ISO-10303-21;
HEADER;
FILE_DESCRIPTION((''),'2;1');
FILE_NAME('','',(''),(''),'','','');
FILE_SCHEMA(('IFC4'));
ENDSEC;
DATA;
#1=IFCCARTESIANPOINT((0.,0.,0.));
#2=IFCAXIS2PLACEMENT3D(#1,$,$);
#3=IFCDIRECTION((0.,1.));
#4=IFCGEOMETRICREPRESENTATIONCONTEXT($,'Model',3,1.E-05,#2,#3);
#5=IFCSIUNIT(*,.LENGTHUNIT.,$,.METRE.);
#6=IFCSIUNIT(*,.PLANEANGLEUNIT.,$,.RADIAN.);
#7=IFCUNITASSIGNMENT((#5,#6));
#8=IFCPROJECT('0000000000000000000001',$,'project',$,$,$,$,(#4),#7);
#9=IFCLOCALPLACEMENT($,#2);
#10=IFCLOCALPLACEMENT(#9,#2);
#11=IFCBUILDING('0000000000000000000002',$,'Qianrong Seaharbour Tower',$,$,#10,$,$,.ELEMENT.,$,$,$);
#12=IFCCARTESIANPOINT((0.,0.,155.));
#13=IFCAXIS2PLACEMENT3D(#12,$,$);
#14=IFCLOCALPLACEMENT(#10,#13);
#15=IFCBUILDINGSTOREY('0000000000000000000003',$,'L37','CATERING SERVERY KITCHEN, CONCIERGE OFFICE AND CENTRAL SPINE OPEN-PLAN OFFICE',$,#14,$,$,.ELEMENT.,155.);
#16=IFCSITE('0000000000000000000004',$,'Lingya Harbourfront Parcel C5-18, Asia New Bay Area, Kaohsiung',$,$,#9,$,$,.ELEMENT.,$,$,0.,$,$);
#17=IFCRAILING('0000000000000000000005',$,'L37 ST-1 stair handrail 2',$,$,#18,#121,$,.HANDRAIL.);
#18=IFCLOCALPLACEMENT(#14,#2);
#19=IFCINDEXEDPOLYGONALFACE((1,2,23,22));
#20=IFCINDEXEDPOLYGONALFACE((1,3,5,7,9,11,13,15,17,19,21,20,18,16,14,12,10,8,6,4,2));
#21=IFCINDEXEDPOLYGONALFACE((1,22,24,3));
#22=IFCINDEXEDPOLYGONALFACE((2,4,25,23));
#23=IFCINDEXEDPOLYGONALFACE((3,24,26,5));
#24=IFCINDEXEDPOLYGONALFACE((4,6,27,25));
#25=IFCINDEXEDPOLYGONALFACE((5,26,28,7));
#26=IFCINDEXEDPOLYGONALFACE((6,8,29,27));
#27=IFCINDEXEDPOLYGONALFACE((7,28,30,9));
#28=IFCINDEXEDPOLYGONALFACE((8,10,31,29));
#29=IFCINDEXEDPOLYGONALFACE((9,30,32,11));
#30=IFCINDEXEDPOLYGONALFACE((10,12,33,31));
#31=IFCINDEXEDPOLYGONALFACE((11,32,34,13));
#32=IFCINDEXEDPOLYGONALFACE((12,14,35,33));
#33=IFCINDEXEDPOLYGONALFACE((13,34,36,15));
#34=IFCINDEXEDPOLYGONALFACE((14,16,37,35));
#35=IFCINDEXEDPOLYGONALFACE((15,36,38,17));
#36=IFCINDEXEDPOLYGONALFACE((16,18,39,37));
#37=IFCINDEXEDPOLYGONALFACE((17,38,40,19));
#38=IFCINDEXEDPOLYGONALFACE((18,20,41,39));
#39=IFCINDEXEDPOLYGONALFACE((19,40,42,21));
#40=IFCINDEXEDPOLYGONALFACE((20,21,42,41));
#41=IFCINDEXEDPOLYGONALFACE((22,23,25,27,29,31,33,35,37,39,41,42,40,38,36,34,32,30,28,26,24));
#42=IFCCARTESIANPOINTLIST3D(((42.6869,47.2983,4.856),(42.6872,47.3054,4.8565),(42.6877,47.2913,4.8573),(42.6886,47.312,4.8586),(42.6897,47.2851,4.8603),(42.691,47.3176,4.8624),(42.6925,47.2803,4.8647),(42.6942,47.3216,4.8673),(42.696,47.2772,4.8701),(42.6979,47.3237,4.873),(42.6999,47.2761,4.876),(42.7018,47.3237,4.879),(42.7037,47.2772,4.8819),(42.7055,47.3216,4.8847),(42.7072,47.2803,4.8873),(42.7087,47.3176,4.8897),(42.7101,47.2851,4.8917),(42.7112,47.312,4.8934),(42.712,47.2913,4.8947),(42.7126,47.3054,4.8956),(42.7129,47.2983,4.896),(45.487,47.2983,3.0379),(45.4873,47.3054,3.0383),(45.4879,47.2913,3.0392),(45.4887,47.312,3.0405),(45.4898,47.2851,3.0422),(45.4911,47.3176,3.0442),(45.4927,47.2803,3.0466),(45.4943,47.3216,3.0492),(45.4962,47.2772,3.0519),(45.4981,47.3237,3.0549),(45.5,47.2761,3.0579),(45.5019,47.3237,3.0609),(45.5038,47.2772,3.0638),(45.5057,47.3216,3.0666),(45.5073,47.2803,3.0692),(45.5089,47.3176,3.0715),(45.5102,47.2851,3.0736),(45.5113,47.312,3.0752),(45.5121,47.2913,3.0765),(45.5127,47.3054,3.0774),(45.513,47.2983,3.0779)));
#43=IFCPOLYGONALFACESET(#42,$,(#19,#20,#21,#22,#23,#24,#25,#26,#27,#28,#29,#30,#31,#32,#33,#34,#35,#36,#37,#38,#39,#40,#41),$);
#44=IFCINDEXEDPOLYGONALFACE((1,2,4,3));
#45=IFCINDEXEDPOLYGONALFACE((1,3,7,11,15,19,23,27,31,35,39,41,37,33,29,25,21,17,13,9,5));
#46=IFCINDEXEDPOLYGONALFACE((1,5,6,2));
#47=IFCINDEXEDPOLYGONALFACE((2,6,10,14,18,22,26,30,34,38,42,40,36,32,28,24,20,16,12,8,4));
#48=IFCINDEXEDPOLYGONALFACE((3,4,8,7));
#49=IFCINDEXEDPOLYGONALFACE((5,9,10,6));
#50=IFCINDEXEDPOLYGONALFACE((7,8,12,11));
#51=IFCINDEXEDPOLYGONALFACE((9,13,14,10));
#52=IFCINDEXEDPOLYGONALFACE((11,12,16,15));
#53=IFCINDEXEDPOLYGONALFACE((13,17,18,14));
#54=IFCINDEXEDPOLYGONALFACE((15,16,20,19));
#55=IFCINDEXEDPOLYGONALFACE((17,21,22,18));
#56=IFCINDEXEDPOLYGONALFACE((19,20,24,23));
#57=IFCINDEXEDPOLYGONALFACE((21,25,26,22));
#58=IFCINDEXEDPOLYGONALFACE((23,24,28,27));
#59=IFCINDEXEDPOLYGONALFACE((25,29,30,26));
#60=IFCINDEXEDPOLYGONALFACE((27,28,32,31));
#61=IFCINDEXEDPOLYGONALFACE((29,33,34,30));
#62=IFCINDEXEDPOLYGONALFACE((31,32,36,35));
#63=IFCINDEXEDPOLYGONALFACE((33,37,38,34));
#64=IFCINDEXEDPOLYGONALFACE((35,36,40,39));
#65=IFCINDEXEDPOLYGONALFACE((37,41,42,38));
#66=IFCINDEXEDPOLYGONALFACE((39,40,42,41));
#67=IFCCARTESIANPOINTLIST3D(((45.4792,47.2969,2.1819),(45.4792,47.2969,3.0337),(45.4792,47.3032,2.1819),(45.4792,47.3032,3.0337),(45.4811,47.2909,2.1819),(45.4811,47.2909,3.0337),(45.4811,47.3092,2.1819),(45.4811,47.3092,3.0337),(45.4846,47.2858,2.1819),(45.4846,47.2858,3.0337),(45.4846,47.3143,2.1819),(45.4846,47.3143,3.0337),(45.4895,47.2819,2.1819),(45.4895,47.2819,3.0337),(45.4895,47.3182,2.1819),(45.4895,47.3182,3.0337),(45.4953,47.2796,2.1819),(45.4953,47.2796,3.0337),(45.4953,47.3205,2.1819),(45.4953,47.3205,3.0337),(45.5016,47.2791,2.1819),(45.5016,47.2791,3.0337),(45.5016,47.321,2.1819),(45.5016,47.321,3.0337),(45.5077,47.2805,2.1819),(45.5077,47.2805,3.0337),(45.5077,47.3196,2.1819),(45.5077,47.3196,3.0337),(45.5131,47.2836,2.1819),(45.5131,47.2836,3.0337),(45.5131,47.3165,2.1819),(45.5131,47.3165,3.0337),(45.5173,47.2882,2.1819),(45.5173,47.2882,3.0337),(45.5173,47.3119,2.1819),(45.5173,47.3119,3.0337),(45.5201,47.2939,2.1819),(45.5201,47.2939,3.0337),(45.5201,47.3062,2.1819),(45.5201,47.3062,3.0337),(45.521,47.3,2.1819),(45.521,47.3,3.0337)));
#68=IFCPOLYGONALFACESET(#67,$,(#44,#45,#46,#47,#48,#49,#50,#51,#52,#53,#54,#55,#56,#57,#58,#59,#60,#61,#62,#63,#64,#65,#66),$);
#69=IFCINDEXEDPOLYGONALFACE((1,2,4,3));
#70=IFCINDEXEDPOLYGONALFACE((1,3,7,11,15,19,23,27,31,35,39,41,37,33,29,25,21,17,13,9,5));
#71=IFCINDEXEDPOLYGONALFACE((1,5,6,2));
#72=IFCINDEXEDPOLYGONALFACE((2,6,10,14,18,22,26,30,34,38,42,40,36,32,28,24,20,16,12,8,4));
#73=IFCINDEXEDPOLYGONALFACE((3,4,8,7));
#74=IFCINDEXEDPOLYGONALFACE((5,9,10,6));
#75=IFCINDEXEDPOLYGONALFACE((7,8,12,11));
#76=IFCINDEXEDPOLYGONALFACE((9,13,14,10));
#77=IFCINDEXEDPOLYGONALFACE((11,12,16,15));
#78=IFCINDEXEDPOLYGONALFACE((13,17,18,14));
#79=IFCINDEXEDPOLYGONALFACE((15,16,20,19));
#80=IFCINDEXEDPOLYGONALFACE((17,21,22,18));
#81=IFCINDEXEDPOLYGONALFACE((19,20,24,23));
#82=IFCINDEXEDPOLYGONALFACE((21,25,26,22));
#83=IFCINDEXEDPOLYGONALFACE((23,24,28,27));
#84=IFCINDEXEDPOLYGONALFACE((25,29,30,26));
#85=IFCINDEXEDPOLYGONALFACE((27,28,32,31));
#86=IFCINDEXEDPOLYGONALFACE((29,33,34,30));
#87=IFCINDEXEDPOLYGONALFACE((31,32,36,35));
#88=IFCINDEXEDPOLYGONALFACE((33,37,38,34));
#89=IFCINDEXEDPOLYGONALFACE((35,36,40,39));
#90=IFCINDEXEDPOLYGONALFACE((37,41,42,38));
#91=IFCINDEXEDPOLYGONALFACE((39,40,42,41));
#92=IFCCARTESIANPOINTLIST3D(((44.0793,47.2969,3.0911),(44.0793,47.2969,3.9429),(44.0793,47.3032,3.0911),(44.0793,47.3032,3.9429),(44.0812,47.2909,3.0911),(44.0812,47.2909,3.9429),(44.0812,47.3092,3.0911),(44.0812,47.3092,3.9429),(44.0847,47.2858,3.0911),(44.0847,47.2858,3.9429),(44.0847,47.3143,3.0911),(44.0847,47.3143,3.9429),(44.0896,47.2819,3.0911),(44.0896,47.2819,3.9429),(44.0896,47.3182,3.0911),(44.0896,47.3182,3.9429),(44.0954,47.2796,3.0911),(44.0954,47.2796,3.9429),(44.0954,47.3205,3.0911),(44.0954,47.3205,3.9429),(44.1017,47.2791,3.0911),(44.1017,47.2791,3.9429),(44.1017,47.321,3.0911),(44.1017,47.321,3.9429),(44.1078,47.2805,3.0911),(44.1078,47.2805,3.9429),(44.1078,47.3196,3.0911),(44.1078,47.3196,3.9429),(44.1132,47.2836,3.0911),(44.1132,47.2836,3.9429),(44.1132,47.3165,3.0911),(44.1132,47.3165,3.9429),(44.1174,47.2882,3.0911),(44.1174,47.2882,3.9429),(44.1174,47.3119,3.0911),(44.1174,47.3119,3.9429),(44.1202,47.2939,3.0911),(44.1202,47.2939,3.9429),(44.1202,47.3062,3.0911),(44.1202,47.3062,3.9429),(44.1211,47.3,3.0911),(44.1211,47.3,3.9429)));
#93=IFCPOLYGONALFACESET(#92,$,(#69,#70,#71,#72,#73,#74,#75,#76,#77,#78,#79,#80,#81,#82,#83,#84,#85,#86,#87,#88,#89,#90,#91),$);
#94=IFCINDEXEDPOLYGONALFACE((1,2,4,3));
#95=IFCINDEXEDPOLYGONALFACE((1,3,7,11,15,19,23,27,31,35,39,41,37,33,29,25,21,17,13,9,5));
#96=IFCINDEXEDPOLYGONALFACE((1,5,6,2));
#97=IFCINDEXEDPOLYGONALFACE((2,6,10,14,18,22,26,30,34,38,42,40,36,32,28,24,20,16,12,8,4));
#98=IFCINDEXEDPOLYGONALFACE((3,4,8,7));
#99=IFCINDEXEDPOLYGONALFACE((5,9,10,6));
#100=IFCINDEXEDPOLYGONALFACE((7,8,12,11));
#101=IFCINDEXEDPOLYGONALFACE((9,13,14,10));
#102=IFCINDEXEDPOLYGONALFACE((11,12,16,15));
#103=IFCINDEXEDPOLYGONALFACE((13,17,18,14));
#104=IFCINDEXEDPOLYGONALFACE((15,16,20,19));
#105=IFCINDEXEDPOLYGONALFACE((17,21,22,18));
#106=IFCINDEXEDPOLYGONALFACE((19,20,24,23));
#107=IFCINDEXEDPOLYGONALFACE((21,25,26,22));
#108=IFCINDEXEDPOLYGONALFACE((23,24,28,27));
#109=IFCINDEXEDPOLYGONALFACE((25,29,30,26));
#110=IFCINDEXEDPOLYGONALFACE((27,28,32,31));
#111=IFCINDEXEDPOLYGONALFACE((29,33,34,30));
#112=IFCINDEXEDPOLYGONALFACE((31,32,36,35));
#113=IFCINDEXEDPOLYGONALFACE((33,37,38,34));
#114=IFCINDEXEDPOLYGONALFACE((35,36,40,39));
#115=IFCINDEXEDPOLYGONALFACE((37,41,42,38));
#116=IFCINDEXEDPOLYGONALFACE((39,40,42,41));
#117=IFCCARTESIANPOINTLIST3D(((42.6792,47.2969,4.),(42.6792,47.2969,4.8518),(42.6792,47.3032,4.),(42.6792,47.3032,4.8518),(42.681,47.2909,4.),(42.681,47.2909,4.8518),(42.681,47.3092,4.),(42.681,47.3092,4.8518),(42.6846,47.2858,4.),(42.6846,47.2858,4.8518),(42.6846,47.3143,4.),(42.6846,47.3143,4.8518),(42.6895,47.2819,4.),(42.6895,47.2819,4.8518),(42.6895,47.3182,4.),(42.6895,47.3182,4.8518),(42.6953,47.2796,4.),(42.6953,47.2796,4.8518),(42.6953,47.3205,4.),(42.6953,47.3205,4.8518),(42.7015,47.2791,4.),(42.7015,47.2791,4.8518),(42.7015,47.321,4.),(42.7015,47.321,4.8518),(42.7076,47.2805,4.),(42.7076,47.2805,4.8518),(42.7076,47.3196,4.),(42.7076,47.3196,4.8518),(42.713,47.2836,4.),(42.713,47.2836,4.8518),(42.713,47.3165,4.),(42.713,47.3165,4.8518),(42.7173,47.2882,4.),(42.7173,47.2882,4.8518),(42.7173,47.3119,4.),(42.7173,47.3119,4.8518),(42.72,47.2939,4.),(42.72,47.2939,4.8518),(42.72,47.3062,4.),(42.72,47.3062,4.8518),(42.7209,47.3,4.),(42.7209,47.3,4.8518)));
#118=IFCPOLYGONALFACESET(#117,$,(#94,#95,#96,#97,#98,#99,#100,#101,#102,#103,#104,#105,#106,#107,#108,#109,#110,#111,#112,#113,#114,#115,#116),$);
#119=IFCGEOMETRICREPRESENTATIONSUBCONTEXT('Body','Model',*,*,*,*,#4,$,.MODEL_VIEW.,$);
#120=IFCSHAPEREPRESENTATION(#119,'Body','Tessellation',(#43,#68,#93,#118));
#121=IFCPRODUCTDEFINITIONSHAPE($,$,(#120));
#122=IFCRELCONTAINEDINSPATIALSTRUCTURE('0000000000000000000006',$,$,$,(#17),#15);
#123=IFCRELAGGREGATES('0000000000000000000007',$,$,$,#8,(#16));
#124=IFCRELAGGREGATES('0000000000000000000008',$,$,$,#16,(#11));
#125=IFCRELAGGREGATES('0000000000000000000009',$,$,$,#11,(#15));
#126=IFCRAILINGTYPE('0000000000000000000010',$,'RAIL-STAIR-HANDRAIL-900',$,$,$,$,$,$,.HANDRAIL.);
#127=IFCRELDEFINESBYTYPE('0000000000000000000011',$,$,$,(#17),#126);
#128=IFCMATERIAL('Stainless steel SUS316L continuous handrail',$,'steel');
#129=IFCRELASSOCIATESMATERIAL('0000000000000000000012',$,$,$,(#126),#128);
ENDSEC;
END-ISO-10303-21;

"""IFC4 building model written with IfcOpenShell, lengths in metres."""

from ifc_helpers import new_model, si_unit, direction, frame, origin, origin_2d, place, context, subcontext, project, spatial, circle, extrude, material, type_object, element, save


model = new_model("IFC4")

# Units and contexts
model_context = context("Model", 3, precision=1e-05, world=origin(), true_north=direction((0.0, 1.0)))
body_context = subcontext(model_context, "Body", "Model", "MODEL_VIEW")
ifc_project = project(units=[si_unit("LENGTHUNIT", "METRE"), si_unit("PLANEANGLEUNIT", "RADIAN")], contexts=[model_context])

# Site, building, storey
site_placement = place(None, origin())
site = spatial("IfcSite", under=ifc_project, at=site_placement, Name="Lingya Harbourfront Parcel C5-18, Asia New Bay Area, Kaohsiung", CompositionType="ELEMENT", RefElevation=0.0)
building_placement = place(site_placement, origin())
building = spatial("IfcBuilding", under=site, at=building_placement, Name="Qianrong Seaharbour Tower", CompositionType="ELEMENT")
storey_placement = place(building_placement, frame((0.0, 0.0, 155.0)))
storey = spatial("IfcBuildingStorey", under=building, at=storey_placement, Name="L37", Description="CATERING SERVERY KITCHEN, CONCIERGE OFFICE AND CENTRAL SPINE OPEN-PLAN OFFICE", CompositionType="ELEMENT", Elevation=155.0)

# Railing
ifc_material_1 = material(Name="Stainless steel SUS316L continuous handrail", Category="steel")
railing_type_1 = type_object("IfcRailingType", Name="RAIL-STAIR-HANDRAIL-900", PredefinedType="HANDRAIL", material=ifc_material_1)
railing_1_placement = place(storey_placement, frame((45.5, 47.3, 2.1819)))
element("IfcRailing", 1, at=railing_1_placement, inside=storey, type_object=railing_type_1, Name="L37 ST-1 stair handrail 2", PredefinedType="HANDRAIL", context=body_context, shape_type="SweptSolid", body=[
    extrude(circle(Radius=0.0239, at=origin_2d()), frame((0.0, 0.0, 0.876), z_axis=(-0.838706, 0.0, 0.544585), x_axis=(0.0, -1.0, 0.0)), (0.0, 0.0, 1.0), 3.3386),
    extrude(circle(Radius=0.021, at=origin_2d()), origin(), (0.0, 0.0, 1.0), 0.8518),
    extrude(circle(Radius=0.021, at=origin_2d()), frame((-1.3999, 0.0, 0.9092)), (0.0, 0.0, 1.0), 0.8518),
    extrude(circle(Radius=0.021, at=origin_2d()), frame((-2.8, 0.0, 1.8181)), (0.0, 0.0, 1.0), 0.8518),
])

save(model, "model.ifc")
